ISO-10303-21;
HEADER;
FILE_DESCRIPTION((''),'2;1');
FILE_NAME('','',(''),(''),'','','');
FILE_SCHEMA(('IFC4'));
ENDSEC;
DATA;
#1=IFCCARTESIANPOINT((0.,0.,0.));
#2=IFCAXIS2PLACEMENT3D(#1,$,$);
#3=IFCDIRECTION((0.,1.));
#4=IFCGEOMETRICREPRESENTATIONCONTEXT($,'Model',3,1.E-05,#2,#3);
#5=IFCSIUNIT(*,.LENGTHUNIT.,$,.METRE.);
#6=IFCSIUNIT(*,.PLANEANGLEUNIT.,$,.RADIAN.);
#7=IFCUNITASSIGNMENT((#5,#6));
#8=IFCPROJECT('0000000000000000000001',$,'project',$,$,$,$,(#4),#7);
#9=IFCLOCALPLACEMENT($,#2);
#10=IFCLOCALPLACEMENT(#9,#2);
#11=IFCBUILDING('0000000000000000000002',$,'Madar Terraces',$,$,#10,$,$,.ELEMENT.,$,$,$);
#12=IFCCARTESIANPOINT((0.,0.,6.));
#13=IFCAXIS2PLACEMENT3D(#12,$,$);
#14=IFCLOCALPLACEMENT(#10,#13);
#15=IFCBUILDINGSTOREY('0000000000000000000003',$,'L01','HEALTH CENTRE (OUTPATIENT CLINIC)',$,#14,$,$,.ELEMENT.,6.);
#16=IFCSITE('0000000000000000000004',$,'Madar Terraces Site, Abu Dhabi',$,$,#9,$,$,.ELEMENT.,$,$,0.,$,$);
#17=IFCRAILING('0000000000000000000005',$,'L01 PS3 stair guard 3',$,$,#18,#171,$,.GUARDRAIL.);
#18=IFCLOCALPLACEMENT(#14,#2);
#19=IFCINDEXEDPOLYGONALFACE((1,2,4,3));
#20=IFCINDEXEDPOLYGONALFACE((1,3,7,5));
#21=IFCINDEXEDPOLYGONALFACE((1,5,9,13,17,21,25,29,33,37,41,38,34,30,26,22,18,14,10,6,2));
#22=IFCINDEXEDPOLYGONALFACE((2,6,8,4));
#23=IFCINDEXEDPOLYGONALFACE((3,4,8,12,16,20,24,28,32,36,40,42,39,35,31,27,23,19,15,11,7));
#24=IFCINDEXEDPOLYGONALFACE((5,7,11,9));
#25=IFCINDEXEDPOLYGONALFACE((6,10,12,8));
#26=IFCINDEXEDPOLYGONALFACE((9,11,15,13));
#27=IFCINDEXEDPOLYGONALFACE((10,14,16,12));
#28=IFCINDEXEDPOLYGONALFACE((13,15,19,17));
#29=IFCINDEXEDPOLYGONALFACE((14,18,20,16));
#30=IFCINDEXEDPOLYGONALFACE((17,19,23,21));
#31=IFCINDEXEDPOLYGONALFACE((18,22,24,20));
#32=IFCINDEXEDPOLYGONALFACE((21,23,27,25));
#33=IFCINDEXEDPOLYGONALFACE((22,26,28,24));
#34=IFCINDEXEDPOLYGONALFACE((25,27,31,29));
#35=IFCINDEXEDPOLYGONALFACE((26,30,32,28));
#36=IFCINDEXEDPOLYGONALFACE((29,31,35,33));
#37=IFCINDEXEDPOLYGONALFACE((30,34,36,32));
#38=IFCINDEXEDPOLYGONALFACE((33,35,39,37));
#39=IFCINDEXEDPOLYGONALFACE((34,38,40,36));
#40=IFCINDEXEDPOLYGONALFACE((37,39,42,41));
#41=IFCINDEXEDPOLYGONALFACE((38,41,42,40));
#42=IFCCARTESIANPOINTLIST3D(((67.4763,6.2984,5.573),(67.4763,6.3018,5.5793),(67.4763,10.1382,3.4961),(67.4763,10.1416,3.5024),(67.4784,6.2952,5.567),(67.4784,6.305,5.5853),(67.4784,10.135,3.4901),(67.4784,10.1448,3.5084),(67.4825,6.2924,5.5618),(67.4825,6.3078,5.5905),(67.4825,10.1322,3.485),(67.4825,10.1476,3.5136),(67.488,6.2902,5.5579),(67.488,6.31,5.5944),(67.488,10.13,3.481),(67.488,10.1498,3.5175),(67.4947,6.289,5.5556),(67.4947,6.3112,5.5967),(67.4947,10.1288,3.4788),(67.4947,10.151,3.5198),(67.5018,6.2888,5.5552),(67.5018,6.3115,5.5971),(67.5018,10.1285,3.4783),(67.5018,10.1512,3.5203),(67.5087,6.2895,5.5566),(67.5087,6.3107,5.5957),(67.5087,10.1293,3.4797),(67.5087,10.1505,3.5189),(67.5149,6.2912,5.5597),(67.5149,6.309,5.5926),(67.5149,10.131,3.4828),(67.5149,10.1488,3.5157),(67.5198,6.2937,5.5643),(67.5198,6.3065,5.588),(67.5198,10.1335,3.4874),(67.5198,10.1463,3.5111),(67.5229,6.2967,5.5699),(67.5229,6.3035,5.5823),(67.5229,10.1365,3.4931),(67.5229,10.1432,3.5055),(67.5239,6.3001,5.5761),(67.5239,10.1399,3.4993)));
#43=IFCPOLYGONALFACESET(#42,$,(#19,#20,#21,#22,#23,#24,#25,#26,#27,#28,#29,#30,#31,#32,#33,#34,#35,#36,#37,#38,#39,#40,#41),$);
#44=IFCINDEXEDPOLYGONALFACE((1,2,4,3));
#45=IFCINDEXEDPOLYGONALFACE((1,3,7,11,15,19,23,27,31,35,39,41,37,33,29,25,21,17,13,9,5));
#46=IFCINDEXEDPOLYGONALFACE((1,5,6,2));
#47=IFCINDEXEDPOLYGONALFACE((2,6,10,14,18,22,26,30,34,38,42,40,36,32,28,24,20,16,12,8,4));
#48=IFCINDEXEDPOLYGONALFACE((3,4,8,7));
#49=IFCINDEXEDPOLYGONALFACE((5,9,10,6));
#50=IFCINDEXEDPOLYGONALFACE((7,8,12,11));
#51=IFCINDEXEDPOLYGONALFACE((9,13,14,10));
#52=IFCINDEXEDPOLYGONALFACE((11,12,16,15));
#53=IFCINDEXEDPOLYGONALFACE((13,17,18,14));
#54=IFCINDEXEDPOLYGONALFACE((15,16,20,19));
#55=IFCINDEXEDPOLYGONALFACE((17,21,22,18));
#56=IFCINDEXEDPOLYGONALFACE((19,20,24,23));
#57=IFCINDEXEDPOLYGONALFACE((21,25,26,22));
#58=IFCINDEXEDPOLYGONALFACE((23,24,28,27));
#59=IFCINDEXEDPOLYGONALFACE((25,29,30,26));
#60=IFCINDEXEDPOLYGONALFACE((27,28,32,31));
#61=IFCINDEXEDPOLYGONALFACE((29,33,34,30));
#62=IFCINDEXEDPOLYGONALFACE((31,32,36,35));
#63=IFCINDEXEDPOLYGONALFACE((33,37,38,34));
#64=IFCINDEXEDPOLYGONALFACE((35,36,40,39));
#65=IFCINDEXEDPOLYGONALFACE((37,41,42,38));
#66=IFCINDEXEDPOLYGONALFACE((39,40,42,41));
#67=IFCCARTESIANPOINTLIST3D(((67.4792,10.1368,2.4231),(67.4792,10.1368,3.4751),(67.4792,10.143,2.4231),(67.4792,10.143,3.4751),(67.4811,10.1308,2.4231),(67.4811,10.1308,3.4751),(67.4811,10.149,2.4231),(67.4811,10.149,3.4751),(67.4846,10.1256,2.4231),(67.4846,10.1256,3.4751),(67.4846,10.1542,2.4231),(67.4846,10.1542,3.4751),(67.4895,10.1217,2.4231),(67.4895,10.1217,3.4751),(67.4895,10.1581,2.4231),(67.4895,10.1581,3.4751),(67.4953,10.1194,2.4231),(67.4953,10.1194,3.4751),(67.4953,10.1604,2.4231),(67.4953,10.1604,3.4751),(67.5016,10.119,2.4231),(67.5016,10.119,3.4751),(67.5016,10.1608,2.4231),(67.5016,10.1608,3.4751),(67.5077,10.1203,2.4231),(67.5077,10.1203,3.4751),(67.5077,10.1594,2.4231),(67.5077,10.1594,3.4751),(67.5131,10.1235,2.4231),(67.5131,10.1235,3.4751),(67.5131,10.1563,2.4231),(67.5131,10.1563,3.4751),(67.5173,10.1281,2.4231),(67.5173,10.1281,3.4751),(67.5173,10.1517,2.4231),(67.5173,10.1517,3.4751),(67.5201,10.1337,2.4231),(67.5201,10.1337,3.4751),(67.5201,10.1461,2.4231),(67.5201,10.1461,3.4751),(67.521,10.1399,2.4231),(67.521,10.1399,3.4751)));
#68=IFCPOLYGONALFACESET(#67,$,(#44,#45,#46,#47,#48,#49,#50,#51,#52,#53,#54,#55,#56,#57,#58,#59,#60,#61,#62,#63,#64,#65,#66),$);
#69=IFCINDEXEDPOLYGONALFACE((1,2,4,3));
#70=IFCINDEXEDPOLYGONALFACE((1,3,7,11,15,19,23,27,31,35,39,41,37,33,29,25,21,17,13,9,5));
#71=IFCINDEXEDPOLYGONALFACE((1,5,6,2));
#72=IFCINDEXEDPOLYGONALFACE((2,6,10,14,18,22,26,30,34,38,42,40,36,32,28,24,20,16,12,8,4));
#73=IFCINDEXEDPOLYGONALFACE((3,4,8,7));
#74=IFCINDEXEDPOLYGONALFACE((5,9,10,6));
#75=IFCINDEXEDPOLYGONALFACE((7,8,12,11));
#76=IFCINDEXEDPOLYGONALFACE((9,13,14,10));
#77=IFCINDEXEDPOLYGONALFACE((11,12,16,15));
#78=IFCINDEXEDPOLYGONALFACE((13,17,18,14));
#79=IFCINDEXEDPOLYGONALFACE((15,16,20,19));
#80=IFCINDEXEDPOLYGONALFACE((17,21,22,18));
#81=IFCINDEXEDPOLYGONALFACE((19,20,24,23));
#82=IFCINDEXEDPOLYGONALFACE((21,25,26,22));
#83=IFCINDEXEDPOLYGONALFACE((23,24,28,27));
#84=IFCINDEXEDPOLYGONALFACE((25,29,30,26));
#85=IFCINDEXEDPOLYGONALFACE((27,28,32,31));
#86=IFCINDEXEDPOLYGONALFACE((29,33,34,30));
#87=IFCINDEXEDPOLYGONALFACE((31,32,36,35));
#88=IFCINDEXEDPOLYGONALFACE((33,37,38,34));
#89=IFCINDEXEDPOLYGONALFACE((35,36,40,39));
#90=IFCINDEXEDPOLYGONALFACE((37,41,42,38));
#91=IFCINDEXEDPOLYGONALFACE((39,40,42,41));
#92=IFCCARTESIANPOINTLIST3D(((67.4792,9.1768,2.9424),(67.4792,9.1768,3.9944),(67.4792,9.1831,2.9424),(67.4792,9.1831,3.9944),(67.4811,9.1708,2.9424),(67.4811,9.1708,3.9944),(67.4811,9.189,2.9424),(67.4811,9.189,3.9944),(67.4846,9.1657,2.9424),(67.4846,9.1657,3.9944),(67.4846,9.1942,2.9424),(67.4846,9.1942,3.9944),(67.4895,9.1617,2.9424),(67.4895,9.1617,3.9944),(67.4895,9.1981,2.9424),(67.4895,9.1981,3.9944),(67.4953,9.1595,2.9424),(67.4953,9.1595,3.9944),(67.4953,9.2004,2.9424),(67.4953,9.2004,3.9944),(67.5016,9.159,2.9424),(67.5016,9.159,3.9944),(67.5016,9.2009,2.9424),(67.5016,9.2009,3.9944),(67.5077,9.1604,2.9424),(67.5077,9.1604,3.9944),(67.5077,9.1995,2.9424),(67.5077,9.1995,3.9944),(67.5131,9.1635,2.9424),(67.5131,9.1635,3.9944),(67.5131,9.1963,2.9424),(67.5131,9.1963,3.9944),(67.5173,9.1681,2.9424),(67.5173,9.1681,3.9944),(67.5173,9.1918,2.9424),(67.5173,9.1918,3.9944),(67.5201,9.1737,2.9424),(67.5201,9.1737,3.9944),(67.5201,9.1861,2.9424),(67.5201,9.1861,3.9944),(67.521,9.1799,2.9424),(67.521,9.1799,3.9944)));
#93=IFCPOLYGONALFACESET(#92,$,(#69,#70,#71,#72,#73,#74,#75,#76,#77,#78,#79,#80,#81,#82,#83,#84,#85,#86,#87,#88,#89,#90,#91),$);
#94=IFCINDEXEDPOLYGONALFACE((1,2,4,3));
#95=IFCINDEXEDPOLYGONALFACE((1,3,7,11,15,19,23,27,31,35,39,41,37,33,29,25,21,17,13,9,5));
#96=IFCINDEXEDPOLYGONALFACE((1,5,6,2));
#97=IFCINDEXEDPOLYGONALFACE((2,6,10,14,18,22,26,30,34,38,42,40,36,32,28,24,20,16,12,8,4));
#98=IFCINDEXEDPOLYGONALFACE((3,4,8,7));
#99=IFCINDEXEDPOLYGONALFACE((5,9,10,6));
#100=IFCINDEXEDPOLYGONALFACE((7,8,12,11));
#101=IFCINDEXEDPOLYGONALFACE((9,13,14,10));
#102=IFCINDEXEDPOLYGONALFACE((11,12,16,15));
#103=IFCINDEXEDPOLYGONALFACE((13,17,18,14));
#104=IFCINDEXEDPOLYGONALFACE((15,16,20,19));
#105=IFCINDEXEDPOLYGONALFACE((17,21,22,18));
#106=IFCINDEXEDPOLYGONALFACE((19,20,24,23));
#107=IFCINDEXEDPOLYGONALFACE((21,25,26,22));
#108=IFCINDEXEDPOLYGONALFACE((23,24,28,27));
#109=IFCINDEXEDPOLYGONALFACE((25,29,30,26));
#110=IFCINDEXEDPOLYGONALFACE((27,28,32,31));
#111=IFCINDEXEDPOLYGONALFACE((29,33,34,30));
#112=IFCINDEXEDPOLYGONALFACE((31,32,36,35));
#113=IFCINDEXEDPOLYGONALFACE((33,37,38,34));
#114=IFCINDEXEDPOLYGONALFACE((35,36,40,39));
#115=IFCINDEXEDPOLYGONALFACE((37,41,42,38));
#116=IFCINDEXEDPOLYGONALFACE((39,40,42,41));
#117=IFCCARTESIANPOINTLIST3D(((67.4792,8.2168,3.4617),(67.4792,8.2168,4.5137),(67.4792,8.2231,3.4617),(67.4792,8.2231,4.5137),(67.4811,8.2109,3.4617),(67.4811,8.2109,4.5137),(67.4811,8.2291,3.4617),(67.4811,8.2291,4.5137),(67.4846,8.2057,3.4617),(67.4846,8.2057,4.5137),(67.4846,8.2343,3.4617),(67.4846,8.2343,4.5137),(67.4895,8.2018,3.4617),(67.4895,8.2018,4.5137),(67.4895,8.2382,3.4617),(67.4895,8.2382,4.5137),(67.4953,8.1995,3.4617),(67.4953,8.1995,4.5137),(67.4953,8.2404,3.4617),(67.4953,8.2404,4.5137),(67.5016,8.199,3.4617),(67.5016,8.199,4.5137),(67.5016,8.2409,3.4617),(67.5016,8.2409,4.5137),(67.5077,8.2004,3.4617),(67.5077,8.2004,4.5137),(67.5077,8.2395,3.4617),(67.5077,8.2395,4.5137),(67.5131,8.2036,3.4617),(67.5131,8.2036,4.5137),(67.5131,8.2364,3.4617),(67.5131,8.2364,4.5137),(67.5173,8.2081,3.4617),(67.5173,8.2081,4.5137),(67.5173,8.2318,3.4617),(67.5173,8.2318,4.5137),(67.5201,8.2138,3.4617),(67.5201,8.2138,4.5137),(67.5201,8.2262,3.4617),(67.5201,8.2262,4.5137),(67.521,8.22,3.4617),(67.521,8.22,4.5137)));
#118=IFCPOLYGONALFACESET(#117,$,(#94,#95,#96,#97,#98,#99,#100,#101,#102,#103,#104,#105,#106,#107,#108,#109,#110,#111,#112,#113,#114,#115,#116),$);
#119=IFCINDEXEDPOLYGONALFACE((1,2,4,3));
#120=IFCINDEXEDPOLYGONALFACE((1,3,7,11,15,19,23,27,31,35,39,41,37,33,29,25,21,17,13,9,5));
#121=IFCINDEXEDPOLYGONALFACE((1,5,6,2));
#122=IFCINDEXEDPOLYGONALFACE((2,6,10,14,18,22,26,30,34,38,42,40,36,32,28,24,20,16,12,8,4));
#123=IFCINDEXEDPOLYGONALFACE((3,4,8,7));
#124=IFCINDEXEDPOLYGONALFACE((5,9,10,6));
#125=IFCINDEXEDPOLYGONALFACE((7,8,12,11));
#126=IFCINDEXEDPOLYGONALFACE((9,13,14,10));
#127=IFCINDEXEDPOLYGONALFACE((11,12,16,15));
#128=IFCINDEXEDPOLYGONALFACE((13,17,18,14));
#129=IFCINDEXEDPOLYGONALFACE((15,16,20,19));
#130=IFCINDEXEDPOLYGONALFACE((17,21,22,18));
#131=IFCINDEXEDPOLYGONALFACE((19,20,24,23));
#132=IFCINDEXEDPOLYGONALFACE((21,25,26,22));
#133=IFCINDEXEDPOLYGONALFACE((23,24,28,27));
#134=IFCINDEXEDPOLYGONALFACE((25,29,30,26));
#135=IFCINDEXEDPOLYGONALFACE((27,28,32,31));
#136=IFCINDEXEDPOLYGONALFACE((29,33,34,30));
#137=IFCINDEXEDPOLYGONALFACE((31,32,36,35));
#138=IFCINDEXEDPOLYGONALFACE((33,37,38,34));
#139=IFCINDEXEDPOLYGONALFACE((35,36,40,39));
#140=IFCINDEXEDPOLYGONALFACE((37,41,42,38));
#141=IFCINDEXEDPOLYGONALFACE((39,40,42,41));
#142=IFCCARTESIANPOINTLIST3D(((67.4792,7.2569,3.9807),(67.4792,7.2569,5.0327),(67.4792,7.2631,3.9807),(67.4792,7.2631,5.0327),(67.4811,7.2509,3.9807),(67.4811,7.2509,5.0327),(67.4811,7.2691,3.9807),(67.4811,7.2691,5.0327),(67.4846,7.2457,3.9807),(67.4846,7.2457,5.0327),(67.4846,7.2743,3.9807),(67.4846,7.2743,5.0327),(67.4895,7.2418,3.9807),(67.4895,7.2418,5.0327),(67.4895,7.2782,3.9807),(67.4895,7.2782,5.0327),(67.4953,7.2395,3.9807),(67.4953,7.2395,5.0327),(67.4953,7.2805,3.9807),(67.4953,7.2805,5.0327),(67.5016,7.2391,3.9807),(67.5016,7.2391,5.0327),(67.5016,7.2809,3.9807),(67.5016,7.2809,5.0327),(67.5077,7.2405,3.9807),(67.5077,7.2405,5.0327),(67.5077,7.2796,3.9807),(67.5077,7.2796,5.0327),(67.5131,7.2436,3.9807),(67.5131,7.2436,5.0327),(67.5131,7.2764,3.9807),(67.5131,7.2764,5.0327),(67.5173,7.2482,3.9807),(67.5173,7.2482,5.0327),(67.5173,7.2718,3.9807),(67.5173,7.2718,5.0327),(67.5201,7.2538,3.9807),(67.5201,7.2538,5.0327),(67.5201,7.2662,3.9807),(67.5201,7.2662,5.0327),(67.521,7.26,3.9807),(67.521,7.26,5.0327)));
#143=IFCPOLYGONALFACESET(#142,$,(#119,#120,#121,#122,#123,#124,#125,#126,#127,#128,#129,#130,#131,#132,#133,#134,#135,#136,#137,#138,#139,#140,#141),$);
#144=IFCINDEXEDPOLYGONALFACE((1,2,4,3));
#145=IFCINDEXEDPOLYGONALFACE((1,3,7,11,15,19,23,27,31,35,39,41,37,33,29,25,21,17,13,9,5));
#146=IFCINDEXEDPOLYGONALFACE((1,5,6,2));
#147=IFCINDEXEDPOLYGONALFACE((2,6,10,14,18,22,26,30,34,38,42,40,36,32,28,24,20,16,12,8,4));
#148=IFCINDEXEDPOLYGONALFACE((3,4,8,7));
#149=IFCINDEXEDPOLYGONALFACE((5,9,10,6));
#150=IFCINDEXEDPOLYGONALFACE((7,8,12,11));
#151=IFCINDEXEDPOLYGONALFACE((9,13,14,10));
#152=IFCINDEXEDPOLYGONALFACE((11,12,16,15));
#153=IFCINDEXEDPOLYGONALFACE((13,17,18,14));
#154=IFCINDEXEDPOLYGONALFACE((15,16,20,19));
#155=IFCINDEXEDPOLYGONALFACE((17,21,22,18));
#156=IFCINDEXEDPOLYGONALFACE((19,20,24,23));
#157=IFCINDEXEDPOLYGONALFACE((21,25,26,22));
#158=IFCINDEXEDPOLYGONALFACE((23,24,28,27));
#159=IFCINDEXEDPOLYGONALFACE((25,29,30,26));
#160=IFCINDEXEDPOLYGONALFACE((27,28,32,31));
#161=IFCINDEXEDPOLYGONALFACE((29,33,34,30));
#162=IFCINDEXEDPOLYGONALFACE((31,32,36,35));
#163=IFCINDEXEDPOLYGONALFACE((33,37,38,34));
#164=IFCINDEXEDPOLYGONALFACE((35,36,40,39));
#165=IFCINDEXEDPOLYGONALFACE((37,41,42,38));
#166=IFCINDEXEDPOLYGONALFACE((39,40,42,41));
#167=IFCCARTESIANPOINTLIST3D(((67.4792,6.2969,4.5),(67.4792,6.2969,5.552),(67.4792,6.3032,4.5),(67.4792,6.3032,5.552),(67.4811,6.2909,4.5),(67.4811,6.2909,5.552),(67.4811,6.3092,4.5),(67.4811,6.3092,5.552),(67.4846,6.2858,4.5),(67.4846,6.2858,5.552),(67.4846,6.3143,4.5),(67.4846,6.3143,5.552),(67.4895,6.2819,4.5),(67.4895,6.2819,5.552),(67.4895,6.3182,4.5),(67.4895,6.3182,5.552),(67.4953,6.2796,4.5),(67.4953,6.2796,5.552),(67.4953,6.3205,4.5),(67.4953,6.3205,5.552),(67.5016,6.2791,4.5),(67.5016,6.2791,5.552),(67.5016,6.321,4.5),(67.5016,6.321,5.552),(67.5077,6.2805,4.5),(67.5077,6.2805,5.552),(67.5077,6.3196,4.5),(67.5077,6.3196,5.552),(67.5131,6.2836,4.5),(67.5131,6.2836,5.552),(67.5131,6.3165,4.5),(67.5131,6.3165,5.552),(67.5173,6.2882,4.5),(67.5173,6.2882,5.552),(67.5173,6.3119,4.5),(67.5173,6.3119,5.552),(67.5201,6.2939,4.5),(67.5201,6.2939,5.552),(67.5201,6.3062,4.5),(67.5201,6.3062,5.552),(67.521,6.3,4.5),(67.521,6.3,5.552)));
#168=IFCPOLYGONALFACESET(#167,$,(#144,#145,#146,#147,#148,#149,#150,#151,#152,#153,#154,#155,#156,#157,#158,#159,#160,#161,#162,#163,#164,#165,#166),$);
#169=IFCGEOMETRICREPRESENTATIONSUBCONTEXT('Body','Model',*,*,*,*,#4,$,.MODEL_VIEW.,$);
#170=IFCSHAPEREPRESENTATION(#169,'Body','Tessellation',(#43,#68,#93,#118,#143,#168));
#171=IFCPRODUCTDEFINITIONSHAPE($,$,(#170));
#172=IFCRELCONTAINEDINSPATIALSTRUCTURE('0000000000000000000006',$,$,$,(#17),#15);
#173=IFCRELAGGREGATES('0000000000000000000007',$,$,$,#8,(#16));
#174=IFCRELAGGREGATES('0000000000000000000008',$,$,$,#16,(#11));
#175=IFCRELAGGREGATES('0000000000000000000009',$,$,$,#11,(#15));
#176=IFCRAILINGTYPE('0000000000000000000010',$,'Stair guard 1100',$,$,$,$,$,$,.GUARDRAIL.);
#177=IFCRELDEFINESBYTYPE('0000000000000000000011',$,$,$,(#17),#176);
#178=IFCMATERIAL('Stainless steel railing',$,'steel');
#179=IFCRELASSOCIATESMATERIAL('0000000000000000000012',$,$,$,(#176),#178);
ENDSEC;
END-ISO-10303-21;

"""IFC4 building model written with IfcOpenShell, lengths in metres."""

from ifc_helpers import new_model, si_unit, direction, frame, origin, origin_2d, place, context, subcontext, project, spatial, circle, extrude, material, type_object, element, save


model = new_model("IFC4")

# Units and contexts
model_context = context("Model", 3, precision=1e-05, world=origin(), true_north=direction((0.0, 1.0)))
body_context = subcontext(model_context, "Body", "Model", "MODEL_VIEW")
ifc_project = project(units=[si_unit("LENGTHUNIT", "METRE"), si_unit("PLANEANGLEUNIT", "RADIAN")], contexts=[model_context])

# Site, building, storey
site_placement = place(None, origin())
site = spatial("IfcSite", under=ifc_project, at=site_placement, Name="Madar Terraces Site, Abu Dhabi", CompositionType="ELEMENT", RefElevation=0.0)
building_placement = place(site_placement, origin())
building = spatial("IfcBuilding", under=site, at=building_placement, Name="Madar Terraces", CompositionType="ELEMENT")
storey_placement = place(building_placement, frame((0.0, 0.0, 6.0)))
storey = spatial("IfcBuildingStorey", under=building, at=storey_placement, Name="L01", Description="HEALTH CENTRE (OUTPATIENT CLINIC)", CompositionType="ELEMENT", Elevation=6.0)

# Railing
ifc_material_1 = material(Name="Stainless steel railing", Category="steel")
railing_type_1 = type_object("IfcRailingType", Name="Stair guard 1100", PredefinedType="GUARDRAIL", material=ifc_material_1)
railing_1_placement = place(storey_placement, frame((67.5, 10.1399, 2.4231)))
element("IfcRailing", 1, at=railing_1_placement, inside=storey, type_object=railing_type_1, Name="L01 PS3 stair guard 3", PredefinedType="GUARDRAIL", context=body_context, shape_type="SweptSolid", body=[
    extrude(circle(Radius=0.0239, at=origin_2d()), frame((0.0, 0.0, 1.0762), z_axis=(0.0, -0.879581, 0.47575), x_axis=(1.0, 0.0, 0.0)), (0.0, 0.0, 1.0), 4.3655),
    extrude(circle(Radius=0.021, at=origin_2d()), origin(), (0.0, 0.0, 1.0), 1.052),
    extrude(circle(Radius=0.021, at=origin_2d()), frame((0.0, -0.96, 0.5193)), (0.0, 0.0, 1.0), 1.052),
    extrude(circle(Radius=0.021, at=origin_2d()), frame((0.0, -1.9199, 1.0386)), (0.0, 0.0, 1.0), 1.052),
    extrude(circle(Radius=0.021, at=origin_2d()), frame((0.0, -2.8799, 1.5576)), (0.0, 0.0, 1.0), 1.052),
    extrude(circle(Radius=0.021, at=origin_2d()), frame((0.0, -3.8398, 2.0769)), (0.0, 0.0, 1.0), 1.052),
])

save(model, "model.ifc")
